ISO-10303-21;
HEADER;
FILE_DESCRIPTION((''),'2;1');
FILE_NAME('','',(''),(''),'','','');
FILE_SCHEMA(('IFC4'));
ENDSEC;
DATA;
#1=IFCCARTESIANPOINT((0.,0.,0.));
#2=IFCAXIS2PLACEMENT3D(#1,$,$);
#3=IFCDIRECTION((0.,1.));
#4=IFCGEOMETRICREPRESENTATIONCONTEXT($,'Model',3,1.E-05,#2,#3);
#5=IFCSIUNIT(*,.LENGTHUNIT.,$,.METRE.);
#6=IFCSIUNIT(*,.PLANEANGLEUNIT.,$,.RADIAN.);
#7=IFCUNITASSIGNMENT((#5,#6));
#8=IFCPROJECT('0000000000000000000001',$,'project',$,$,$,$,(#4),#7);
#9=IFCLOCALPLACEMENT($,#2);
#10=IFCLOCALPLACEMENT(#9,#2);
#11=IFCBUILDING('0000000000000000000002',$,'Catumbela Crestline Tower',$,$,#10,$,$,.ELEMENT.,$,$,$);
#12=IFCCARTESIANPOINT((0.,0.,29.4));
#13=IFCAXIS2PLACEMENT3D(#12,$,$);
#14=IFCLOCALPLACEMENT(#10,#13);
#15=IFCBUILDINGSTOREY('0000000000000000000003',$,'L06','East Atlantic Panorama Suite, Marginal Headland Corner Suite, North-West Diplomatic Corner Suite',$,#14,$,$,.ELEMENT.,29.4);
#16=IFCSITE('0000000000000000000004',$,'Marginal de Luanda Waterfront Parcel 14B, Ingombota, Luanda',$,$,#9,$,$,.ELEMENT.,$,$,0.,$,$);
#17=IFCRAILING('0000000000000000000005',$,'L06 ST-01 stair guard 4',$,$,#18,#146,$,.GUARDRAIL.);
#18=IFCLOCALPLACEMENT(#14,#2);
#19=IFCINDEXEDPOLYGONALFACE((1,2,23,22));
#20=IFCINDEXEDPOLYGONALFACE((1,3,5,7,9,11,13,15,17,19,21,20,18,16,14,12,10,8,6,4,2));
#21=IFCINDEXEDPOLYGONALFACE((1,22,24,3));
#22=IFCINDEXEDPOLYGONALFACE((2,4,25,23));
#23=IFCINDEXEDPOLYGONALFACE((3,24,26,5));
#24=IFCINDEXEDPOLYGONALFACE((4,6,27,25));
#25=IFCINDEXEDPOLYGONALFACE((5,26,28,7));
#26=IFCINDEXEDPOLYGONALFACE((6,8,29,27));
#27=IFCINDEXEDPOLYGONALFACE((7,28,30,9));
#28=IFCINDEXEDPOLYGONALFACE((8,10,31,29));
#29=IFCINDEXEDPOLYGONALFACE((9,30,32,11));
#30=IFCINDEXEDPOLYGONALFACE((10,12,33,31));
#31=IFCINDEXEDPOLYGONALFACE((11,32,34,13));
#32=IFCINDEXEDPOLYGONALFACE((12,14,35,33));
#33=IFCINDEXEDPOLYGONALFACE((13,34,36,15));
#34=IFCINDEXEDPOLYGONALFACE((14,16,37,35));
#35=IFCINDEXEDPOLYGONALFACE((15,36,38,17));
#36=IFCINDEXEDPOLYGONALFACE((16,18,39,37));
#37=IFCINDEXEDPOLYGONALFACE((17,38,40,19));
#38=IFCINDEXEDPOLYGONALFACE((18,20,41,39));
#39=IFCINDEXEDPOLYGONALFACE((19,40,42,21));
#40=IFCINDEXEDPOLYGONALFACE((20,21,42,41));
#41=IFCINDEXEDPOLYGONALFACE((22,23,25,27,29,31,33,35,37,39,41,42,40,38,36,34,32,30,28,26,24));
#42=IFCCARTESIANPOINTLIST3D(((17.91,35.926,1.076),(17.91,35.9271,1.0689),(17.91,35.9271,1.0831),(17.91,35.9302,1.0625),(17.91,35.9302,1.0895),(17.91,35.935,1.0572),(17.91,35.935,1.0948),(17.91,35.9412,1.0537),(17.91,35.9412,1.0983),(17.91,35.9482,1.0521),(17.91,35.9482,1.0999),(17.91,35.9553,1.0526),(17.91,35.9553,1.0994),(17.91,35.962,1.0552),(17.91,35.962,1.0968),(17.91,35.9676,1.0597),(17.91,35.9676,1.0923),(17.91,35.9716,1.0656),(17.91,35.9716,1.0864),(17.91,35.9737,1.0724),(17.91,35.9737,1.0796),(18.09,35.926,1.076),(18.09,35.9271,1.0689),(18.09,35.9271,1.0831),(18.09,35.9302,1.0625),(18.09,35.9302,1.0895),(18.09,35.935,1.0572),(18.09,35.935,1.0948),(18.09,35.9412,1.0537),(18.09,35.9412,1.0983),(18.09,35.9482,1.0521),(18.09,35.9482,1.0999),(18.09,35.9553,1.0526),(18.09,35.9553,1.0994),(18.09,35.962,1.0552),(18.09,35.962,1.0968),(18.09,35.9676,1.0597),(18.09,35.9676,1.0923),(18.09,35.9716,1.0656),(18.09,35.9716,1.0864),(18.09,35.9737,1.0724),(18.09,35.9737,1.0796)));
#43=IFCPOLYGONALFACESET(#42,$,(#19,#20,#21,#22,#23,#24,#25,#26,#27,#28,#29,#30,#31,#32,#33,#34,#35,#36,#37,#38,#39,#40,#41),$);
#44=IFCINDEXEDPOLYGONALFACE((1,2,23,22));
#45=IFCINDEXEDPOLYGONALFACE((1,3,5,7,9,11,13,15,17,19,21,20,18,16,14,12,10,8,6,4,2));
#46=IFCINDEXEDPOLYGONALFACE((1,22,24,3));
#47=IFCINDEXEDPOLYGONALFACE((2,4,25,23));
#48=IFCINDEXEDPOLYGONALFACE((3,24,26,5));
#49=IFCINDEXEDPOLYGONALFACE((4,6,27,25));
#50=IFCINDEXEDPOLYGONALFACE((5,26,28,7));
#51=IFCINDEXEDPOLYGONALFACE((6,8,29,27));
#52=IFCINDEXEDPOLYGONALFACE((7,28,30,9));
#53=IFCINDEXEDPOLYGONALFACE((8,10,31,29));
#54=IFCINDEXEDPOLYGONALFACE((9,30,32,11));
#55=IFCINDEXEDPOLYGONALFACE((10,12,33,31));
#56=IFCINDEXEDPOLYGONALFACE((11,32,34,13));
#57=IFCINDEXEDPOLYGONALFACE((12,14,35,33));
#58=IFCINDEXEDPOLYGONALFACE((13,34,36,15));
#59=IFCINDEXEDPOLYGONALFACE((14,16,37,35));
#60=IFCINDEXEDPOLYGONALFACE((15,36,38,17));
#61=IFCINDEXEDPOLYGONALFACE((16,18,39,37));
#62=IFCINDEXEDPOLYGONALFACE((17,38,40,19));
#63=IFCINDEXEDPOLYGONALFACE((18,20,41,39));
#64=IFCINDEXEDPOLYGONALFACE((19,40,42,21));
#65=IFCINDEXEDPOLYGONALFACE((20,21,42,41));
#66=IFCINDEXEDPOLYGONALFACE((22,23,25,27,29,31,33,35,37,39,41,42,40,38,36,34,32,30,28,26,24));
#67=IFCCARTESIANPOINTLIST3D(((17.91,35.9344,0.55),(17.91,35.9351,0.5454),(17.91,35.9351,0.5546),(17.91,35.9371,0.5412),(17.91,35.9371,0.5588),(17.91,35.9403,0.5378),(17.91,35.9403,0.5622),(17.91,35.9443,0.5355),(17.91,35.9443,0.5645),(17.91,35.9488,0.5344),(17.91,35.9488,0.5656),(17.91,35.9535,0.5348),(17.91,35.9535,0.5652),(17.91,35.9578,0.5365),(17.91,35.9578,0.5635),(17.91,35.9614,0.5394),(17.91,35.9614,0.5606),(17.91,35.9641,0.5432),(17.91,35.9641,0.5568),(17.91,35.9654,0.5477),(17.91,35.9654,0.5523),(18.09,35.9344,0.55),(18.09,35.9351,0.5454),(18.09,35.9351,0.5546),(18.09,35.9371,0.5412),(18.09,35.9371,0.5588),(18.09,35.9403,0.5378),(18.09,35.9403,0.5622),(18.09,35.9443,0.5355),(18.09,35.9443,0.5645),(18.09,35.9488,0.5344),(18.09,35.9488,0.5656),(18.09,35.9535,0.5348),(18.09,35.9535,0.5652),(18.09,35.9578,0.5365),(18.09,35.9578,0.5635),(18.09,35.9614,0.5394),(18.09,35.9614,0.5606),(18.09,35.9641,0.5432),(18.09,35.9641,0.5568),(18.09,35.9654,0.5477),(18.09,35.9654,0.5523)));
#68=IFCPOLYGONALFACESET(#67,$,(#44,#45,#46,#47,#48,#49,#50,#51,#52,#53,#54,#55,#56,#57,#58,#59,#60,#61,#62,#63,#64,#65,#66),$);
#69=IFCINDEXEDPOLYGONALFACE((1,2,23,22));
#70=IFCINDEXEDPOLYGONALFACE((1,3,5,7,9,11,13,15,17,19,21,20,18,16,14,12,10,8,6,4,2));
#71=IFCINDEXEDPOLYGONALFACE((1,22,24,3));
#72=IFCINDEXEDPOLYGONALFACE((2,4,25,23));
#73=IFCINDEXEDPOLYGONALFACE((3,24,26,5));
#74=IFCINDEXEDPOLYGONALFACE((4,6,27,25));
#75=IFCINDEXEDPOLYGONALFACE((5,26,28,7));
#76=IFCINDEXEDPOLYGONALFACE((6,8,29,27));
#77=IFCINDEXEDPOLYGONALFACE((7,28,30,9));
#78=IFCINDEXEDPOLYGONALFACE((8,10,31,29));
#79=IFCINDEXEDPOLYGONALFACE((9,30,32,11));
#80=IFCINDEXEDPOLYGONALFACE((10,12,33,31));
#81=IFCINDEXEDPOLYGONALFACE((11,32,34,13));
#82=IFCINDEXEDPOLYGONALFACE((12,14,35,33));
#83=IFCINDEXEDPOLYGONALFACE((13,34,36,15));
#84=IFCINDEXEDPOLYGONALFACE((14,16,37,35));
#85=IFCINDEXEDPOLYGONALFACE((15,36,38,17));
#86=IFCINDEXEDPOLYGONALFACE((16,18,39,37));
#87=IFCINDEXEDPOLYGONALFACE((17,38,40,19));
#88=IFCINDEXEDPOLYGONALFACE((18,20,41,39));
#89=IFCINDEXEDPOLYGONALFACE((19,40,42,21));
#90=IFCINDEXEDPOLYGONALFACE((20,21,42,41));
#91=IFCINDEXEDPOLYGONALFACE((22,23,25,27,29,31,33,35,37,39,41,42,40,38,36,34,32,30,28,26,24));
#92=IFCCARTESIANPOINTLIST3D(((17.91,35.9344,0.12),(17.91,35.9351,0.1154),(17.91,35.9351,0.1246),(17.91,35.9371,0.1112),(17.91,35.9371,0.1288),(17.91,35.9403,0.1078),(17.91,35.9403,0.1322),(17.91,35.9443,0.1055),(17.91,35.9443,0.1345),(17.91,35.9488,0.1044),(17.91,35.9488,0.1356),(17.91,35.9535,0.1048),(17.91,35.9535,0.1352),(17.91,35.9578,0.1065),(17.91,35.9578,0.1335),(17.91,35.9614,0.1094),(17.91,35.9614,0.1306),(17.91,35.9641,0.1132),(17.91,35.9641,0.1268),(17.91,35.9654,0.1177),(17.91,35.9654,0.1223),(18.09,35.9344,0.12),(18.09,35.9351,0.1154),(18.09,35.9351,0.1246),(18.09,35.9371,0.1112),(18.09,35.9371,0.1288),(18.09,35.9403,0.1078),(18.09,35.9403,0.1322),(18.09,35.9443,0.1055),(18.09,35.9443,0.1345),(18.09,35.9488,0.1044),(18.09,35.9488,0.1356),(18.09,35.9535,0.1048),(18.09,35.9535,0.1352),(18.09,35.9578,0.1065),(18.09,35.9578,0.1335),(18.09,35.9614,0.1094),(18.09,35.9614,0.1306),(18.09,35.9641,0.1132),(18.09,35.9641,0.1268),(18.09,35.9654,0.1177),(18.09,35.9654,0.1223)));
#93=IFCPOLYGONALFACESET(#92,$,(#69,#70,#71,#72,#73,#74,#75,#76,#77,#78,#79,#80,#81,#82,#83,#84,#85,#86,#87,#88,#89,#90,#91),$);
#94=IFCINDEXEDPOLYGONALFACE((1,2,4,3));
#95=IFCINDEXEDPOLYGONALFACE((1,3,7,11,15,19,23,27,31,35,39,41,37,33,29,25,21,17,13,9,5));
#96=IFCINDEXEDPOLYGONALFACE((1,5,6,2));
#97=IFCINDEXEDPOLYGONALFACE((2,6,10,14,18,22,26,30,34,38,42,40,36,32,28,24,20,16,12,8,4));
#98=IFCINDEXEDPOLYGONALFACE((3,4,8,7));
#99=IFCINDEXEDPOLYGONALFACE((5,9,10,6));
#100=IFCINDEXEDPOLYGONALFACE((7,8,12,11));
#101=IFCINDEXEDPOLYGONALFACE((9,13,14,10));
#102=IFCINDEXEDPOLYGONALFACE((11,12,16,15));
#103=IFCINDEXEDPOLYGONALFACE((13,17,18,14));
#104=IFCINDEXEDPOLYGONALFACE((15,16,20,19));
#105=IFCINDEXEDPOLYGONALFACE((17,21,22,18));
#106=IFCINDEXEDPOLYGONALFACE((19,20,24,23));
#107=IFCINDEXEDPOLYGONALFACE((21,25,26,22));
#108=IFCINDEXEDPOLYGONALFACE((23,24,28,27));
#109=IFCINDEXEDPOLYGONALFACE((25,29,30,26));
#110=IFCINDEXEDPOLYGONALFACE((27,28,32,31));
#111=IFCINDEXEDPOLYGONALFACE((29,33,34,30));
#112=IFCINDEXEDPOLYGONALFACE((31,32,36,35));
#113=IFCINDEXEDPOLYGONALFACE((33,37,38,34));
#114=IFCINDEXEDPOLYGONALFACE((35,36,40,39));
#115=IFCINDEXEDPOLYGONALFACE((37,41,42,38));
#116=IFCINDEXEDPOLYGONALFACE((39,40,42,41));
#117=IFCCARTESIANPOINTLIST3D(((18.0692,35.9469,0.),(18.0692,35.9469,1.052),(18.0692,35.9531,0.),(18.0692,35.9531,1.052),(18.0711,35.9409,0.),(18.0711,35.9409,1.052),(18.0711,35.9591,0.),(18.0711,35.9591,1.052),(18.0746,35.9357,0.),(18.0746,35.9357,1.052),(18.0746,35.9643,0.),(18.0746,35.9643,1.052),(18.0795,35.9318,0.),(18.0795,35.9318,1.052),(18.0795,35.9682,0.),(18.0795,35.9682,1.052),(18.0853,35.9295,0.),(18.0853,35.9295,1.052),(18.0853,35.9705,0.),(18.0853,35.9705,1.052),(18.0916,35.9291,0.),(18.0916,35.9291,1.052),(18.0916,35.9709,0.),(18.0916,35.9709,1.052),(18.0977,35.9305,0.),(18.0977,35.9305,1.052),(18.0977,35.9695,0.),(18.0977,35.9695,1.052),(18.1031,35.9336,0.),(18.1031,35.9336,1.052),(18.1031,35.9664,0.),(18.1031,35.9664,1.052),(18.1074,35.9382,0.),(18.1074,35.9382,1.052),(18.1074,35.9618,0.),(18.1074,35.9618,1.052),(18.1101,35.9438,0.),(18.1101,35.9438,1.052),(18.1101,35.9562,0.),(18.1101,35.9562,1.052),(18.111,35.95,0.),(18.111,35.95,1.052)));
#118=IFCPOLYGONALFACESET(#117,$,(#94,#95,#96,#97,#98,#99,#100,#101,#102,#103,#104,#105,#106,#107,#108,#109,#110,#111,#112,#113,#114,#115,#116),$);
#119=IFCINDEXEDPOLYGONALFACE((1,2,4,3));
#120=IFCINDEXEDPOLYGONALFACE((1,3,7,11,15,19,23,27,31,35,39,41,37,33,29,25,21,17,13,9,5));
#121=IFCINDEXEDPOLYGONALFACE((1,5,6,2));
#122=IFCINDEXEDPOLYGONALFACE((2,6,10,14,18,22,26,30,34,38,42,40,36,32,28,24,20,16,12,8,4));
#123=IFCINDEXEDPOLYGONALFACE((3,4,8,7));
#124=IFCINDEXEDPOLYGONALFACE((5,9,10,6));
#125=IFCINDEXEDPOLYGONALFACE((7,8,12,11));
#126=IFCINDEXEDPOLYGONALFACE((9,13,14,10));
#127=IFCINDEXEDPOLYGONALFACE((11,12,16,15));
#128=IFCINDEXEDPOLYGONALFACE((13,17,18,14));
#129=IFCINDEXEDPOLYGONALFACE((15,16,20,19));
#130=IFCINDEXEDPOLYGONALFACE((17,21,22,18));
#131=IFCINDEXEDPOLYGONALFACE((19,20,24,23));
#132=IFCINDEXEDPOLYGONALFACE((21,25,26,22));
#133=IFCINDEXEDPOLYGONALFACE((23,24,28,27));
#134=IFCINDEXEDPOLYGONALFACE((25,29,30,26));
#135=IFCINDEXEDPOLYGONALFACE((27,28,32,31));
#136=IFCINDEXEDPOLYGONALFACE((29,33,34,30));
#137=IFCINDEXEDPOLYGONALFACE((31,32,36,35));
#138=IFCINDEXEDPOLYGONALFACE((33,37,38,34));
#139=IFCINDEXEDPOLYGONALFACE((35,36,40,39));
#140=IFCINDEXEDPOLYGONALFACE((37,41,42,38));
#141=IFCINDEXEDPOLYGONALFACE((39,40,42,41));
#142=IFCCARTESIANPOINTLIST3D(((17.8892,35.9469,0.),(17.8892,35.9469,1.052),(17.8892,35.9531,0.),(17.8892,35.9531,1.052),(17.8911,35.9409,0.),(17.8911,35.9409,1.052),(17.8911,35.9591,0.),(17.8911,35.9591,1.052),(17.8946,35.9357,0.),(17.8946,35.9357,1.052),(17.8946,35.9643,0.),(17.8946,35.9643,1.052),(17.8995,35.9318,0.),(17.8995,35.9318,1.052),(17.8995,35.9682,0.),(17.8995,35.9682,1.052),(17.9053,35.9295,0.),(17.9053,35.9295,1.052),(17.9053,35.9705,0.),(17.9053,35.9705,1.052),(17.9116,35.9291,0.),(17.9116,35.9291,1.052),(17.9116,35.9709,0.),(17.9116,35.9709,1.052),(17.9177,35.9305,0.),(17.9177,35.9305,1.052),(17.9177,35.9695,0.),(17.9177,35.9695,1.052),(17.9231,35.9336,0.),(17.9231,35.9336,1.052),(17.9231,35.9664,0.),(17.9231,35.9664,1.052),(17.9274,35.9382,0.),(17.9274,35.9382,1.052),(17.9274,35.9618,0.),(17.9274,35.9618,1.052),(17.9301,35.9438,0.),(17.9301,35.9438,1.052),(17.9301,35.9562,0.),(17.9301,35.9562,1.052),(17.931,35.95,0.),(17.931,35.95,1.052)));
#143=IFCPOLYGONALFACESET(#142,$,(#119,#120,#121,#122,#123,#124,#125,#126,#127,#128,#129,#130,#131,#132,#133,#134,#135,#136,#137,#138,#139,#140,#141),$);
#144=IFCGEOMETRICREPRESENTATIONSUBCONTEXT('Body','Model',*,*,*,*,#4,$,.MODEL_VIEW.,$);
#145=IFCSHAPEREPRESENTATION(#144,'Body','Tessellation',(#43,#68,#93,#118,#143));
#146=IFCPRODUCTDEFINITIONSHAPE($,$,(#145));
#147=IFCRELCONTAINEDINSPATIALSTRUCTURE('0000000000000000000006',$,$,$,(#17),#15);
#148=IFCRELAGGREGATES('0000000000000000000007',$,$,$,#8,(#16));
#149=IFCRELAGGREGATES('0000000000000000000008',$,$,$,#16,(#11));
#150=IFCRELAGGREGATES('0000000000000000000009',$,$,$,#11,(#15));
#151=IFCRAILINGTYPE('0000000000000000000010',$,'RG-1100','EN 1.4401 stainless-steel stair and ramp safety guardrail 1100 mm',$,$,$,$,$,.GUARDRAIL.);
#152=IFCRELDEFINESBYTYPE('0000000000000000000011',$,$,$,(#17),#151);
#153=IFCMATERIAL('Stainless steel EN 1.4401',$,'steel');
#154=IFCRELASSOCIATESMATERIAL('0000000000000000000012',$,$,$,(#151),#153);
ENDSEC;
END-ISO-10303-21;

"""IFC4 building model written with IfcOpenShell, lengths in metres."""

from ifc_helpers import new_model, si_unit, direction, frame, origin, origin_2d, place, context, subcontext, project, spatial, circle, extrude, material, type_object, element, save


model = new_model("IFC4")

# Units and contexts
model_context = context("Model", 3, precision=1e-05, world=origin(), true_north=direction((0.0, 1.0)))
body_context = subcontext(model_context, "Body", "Model", "MODEL_VIEW")
ifc_project = project(units=[si_unit("LENGTHUNIT", "METRE"), si_unit("PLANEANGLEUNIT", "RADIAN")], contexts=[model_context])

# Site, building, storey
site_placement = place(None, origin())
site = spatial("IfcSite", under=ifc_project, at=site_placement, Name="Marginal de Luanda Waterfront Parcel 14B, Ingombota, Luanda", CompositionType="ELEMENT", RefElevation=0.0)
building_placement = place(site_placement, origin())
building = spatial("IfcBuilding", under=site, at=building_placement, Name="Catumbela Crestline Tower", CompositionType="ELEMENT")
storey_placement = place(building_placement, frame((0.0, 0.0, 29.4)))
storey = spatial("IfcBuildingStorey", under=building, at=storey_placement, Name="L06", Description="East Atlantic Panorama Suite, Marginal Headland Corner Suite, North-West Diplomatic Corner Suite", CompositionType="ELEMENT", Elevation=29.4)

# Shared definitions
ifc_material_1 = material(Name="Stainless steel EN 1.4401", Category="steel")

# Railing
railing_type_1 = type_object("IfcRailingType", Name="RG-1100", Description="EN 1.4401 stainless-steel stair and ramp safety guardrail 1100 mm", PredefinedType="GUARDRAIL", material=ifc_material_1)
railing_1_placement = place(storey_placement, frame((18.09, 35.95, 0.0)))
element("IfcRailing", 1, at=railing_1_placement, inside=storey, type_object=railing_type_1, Name="L06 ST-01 stair guard 4", PredefinedType="GUARDRAIL", context=body_context, shape_type="SweptSolid", body=[
    extrude(circle(Radius=0.024, at=origin_2d()), frame((0.0, 0.0, 1.076), z_axis=(-1.0, 0.0, 0.0), x_axis=(0.0, -1.0, 0.0)), (0.0, 0.0, 1.0), 0.18),
    extrude(circle(Radius=0.0156, at=origin_2d()), frame((0.0, 0.0, 0.55), z_axis=(-1.0, 0.0, 0.0), x_axis=(0.0, -1.0, 0.0)), (0.0, 0.0, 1.0), 0.18),
    extrude(circle(Radius=0.0156, at=origin_2d()), frame((0.0, 0.0, 0.12), z_axis=(-1.0, 0.0, 0.0), x_axis=(0.0, -1.0, 0.0)), (0.0, 0.0, 1.0), 0.18),
    extrude(circle(Radius=0.021, at=origin_2d()), origin(), (0.0, 0.0, 1.0), 1.052),
    extrude(circle(Radius=0.021, at=origin_2d()), frame((-0.18, 0.0, 0.0)), (0.0, 0.0, 1.0), 1.052),
])

save(model, "model.ifc")
